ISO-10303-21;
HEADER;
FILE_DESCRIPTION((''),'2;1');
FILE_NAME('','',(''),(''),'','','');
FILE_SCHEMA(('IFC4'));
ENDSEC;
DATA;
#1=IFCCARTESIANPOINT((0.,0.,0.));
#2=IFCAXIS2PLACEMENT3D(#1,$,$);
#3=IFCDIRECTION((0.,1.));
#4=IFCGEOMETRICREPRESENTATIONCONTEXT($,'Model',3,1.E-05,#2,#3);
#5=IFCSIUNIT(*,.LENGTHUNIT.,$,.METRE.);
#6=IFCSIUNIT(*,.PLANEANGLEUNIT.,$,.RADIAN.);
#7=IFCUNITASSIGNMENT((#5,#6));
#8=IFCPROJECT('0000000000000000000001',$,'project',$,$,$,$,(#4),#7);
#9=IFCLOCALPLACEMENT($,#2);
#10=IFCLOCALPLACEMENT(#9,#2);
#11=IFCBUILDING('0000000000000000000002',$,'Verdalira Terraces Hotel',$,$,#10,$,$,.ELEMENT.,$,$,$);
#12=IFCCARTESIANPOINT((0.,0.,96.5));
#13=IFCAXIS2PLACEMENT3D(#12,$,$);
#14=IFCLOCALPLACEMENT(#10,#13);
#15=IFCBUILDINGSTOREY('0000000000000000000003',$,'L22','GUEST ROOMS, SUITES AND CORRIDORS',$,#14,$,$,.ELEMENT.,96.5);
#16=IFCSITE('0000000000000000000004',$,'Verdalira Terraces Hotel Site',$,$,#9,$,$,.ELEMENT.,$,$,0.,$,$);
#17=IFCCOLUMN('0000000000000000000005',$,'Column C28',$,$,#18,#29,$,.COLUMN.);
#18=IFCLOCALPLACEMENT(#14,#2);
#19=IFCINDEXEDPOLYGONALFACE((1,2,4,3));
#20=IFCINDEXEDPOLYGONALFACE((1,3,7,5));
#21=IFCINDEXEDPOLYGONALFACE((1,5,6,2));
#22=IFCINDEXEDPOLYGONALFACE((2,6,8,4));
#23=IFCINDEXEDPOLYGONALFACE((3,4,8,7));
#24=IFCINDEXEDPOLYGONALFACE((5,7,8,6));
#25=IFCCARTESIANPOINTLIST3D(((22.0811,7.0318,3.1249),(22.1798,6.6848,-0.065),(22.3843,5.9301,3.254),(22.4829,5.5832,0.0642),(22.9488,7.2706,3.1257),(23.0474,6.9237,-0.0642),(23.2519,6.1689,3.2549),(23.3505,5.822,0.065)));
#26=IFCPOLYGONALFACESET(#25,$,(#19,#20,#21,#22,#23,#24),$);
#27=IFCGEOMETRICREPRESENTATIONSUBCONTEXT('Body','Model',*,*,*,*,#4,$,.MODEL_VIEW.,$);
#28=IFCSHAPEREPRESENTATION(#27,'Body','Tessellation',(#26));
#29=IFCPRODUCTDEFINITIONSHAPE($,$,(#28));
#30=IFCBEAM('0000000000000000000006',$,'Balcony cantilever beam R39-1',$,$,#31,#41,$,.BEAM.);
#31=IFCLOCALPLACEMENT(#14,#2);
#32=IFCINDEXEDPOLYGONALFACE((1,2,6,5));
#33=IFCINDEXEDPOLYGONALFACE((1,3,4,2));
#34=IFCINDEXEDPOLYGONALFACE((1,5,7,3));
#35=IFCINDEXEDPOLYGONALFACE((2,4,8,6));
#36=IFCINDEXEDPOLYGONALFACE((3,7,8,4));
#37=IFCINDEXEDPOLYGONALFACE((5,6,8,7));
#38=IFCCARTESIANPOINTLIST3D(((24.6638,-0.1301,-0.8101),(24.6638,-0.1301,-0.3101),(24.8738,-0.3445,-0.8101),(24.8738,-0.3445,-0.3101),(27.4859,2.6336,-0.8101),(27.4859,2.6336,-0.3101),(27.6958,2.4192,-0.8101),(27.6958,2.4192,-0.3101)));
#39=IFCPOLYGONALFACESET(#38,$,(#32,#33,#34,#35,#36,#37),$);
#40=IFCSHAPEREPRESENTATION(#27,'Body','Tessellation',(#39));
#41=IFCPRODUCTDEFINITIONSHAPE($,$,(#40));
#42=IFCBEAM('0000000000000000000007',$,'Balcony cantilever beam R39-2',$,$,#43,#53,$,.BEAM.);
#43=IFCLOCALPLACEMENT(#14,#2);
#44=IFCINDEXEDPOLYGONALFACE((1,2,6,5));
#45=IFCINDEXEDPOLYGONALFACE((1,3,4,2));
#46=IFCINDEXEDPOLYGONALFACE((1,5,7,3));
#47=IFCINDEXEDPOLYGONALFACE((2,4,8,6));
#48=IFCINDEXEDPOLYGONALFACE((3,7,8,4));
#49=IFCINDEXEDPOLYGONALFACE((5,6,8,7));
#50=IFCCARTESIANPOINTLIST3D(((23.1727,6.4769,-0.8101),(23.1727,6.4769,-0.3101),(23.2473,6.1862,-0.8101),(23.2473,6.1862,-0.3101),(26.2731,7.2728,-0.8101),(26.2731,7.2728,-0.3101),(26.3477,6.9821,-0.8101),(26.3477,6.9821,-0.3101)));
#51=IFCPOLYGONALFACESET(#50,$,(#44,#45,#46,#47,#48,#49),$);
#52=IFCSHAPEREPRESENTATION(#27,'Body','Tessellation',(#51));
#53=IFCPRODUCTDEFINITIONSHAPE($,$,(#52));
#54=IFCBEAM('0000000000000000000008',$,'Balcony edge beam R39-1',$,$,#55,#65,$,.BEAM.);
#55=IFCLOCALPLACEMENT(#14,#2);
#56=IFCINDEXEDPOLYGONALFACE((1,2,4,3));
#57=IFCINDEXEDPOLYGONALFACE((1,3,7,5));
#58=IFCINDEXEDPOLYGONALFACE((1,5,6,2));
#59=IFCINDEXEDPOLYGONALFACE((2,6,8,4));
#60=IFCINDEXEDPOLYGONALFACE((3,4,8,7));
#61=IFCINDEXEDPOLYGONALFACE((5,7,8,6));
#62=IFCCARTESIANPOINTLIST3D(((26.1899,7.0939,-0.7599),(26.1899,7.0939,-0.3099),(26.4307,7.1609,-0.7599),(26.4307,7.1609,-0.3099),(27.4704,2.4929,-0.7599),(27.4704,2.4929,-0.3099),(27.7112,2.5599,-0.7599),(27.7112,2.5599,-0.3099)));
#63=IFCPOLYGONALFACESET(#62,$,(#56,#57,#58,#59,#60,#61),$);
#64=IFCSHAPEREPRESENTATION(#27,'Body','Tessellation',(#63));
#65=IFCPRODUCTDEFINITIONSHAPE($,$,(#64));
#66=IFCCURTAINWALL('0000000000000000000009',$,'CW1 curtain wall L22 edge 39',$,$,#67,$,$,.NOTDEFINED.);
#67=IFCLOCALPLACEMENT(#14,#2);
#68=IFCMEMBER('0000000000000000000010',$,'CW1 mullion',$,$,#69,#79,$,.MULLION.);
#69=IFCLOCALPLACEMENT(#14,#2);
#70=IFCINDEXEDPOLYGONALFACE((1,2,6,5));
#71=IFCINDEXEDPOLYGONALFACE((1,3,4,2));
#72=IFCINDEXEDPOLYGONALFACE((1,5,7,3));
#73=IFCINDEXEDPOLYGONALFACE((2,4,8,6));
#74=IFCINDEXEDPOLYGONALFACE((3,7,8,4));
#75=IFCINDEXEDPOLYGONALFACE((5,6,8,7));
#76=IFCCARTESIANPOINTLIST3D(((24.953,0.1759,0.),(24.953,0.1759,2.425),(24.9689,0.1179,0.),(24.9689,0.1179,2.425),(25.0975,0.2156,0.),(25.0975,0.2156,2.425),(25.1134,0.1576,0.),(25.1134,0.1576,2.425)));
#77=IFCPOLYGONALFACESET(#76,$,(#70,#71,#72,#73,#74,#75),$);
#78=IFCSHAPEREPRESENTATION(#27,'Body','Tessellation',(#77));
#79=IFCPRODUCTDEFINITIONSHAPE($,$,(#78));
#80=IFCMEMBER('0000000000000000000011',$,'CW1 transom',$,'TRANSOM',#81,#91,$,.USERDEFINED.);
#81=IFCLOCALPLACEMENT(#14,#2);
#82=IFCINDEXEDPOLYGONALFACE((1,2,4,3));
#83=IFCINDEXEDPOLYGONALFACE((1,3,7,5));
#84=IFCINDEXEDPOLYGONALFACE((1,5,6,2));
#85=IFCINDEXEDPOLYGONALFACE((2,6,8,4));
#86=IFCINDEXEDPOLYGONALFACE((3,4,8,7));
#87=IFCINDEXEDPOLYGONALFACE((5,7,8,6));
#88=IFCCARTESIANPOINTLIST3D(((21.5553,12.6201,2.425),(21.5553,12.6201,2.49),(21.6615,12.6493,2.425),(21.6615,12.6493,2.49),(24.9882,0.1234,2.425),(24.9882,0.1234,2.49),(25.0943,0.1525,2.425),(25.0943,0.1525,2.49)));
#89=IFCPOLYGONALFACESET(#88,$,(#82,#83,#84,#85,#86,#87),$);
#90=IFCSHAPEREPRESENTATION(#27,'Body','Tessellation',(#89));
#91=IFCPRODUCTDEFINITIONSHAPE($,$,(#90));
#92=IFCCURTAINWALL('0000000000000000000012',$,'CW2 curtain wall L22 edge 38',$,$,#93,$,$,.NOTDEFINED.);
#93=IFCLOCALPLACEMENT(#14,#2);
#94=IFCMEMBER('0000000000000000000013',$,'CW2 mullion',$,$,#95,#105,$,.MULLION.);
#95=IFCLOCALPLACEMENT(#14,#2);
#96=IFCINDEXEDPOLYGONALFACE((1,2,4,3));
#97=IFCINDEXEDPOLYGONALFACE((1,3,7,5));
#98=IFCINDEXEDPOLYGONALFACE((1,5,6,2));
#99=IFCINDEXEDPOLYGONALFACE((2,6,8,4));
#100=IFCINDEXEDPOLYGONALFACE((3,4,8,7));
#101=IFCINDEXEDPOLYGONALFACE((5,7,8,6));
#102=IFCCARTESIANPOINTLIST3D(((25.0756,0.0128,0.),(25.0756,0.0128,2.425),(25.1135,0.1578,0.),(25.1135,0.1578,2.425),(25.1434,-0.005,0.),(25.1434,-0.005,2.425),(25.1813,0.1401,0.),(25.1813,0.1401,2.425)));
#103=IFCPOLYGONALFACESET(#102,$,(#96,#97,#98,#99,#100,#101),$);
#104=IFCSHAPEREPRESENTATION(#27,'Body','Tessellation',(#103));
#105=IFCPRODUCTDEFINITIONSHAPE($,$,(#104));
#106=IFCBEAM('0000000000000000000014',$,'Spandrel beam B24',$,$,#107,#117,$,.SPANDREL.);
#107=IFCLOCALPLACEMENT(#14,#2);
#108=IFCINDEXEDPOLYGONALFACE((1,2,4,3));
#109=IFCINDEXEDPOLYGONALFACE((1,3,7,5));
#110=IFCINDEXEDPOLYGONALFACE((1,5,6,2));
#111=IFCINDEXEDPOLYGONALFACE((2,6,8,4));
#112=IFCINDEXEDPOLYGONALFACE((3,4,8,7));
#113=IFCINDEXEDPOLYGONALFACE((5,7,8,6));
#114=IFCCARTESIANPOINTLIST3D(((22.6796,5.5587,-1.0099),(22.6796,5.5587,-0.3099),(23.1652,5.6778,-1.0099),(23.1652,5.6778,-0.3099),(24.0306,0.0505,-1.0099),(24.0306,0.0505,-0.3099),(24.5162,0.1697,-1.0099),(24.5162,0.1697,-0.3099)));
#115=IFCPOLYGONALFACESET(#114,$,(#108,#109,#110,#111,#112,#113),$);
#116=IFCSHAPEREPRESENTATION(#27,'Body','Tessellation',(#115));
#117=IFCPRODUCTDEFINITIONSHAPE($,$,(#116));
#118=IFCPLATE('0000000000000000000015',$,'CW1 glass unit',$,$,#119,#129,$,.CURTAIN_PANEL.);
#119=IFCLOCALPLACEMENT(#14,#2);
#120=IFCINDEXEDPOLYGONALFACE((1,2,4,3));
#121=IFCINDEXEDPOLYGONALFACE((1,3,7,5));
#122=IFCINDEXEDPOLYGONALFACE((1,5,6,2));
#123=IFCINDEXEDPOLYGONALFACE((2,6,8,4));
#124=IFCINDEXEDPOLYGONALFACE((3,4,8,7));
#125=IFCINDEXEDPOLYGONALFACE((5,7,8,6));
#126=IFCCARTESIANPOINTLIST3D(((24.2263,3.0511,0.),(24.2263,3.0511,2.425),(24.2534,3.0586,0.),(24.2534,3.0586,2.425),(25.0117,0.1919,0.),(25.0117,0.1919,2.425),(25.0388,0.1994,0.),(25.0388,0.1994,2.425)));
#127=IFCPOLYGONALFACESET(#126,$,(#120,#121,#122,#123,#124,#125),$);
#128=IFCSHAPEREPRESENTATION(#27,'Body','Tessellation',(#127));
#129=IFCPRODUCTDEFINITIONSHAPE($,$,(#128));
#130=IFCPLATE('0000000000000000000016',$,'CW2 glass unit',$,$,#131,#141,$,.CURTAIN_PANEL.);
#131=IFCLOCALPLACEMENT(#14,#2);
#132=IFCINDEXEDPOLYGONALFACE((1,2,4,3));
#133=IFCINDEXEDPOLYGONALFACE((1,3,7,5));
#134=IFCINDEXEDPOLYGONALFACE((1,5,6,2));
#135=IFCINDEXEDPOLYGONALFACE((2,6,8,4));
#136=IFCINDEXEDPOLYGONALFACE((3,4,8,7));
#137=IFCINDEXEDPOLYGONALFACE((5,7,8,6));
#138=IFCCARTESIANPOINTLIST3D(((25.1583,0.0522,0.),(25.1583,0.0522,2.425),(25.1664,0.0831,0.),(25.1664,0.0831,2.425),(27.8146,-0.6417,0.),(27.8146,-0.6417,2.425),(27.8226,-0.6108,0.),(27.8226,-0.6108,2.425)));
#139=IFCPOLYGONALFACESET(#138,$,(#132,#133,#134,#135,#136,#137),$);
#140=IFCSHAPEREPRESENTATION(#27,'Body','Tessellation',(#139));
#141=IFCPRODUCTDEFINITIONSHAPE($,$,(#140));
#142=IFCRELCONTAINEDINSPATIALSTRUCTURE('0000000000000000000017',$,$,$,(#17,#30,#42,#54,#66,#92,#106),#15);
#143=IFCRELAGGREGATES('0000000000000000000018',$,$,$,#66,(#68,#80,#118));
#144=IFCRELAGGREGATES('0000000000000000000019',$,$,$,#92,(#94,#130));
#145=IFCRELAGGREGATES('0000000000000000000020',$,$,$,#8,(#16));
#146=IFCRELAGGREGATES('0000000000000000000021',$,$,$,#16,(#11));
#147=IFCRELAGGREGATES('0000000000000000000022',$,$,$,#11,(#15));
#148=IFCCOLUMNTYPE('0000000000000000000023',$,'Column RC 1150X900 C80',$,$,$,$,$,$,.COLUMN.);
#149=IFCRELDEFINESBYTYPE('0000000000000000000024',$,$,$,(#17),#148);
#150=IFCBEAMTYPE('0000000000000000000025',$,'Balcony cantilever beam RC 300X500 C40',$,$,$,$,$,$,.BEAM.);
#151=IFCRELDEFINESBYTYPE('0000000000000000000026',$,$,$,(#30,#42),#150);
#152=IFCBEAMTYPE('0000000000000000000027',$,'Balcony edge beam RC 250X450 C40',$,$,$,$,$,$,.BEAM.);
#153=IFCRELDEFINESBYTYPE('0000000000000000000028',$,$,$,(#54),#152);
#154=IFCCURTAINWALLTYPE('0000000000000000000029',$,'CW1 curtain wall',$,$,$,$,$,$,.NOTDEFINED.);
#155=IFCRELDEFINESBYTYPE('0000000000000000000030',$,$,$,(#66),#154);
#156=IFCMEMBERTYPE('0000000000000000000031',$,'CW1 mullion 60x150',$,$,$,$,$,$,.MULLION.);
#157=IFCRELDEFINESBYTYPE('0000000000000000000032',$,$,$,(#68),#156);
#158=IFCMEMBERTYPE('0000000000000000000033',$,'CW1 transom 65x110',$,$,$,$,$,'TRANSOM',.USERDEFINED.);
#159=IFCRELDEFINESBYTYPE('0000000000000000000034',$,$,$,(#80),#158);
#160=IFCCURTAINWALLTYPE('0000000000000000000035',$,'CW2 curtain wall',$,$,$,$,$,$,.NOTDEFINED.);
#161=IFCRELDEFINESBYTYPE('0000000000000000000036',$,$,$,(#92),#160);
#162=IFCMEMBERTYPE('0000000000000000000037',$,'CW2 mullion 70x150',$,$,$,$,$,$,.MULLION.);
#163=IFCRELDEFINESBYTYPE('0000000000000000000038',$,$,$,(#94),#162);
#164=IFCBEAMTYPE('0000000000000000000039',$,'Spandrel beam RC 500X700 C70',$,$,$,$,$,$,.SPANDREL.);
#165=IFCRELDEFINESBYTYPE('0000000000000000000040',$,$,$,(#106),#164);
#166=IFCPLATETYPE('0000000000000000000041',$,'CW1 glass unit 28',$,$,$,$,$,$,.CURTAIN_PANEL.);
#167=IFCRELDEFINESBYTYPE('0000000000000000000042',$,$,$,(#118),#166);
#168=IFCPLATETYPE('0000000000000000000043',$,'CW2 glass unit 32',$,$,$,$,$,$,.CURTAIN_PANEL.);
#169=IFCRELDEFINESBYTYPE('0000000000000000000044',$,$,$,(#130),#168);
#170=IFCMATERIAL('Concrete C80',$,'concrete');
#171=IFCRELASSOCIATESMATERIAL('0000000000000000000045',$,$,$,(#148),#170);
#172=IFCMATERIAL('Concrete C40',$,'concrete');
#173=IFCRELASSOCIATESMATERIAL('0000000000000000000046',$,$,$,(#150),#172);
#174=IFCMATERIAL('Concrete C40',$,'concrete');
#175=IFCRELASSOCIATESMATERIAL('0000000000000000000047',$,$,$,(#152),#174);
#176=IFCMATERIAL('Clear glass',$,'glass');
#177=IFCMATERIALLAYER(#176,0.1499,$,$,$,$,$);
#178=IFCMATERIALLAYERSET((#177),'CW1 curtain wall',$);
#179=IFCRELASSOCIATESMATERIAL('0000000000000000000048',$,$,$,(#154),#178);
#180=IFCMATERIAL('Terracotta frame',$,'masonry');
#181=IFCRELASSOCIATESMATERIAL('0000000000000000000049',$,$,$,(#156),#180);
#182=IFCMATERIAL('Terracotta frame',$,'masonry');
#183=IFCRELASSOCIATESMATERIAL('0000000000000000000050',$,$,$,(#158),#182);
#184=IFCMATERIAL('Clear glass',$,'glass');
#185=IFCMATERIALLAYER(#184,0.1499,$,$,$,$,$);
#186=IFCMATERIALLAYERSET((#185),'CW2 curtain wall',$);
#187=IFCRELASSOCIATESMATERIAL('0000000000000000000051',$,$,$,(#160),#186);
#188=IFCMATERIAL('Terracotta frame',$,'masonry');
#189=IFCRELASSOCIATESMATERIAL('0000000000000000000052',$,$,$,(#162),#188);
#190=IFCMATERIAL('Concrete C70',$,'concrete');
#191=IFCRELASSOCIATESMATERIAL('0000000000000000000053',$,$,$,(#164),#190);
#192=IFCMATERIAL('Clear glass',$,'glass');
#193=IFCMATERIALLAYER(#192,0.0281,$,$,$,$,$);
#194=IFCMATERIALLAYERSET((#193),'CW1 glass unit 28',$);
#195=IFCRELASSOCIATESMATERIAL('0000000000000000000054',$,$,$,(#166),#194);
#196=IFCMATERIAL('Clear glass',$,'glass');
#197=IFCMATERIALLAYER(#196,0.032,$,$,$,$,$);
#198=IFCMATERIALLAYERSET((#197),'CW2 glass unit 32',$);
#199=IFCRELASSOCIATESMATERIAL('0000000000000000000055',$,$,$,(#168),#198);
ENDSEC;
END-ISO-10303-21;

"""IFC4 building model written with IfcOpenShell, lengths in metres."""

from ifc_helpers import new_model, si_unit, direction, frame, origin, origin_2d, place, context, subcontext, project, spatial, rectangle, extrude, material, layer, layer_set, material_profile, profile_set, type_object, element, aggregate, save


model = new_model("IFC4")

# Units and contexts
model_context = context("Model", 3, precision=1e-05, world=origin(), true_north=direction((0.0, 1.0)))
body_context = subcontext(model_context, "Body", "Model", "MODEL_VIEW")
ifc_project = project(units=[si_unit("LENGTHUNIT", "METRE"), si_unit("PLANEANGLEUNIT", "RADIAN")], contexts=[model_context])

# Site, building, storey
site_placement = place(None, origin())
site = spatial("IfcSite", under=ifc_project, at=site_placement, Name="Verdalira Terraces Hotel Site", CompositionType="ELEMENT", RefElevation=0.0)
building_placement = place(site_placement, origin())
building = spatial("IfcBuilding", under=site, at=building_placement, Name="Verdalira Terraces Hotel", CompositionType="ELEMENT")
storey_placement = place(building_placement, frame((0.0, 0.0, 96.5)))
storey = spatial("IfcBuildingStorey", under=building, at=storey_placement, Name="L22", Description="GUEST ROOMS, SUITES AND CORRIDORS", CompositionType="ELEMENT", Elevation=96.5)

# Column
ifc_material_1 = material(Name="Concrete C80", Category="concrete")
ifc_material_profile_1 = material_profile(ifc_material_1, rectangle(XDim=1.1499, YDim=0.8999, at=origin_2d()), Name="RC 1150X900")
ifc_profile_set_1 = profile_set([ifc_material_profile_1], Name="Concrete C80")
column_type = type_object("IfcColumnType", Name="Column RC 1150X900 C80", PredefinedType="COLUMN", material=ifc_profile_set_1)
column_placement = place(storey_placement, frame((22.7651, 6.2534, 0.0), z_axis=(-0.030724, 0.108067, 0.993669), x_axis=(-0.263618, 0.958063, -0.112346)))
element("IfcColumn", 1, at=column_placement, inside=storey, type_object=column_type, Name="Column C28", PredefinedType="COLUMN", context=body_context, shape_type="SweptSolid", body=[
    extrude(rectangle(XDim=1.1499, YDim=0.8999, at=origin_2d()), origin(), (0.0, 0.0, 1.0), 3.2102),
])

# Beams
ifc_material_2 = material(Name="Concrete C40", Category="concrete")
ifc_material_profile_2 = material_profile(ifc_material_2, rectangle(XDim=0.3, YDim=0.5, at=origin_2d()), Name="RC 300X500")
ifc_profile_set_2 = profile_set([ifc_material_profile_2], Name="Concrete C40")
beam_type_1 = type_object("IfcBeamType", Name="Balcony cantilever beam RC 300X500 C40", PredefinedType="BEAM", material=ifc_profile_set_2)
beam_1_placement = place(storey_placement, frame((24.7688, -0.2373, -0.5601), z_axis=(0.714454, 0.699682, 0.0), x_axis=(-0.699682, 0.714454, 0.0)))
element("IfcBeam", 2, at=beam_1_placement, inside=storey, type_object=beam_type_1, Name="Balcony cantilever beam R39-1", PredefinedType="BEAM", context=body_context, shape_type="SweptSolid", body=[
    extrude(rectangle(XDim=0.3, YDim=0.5, at=origin_2d()), origin(), (0.0, 0.0, 1.0), 3.95),
])
beam_2_placement = place(storey_placement, frame((23.21, 6.3315, -0.5601), z_axis=(0.968593, 0.248651, 0.0), x_axis=(-0.248651, 0.968593, 0.0)))
element("IfcBeam", 3, at=beam_2_placement, inside=storey, type_object=beam_type_1, Name="Balcony cantilever beam R39-2", PredefinedType="BEAM", context=body_context, shape_type="SweptSolid", body=[
    extrude(rectangle(XDim=0.3, YDim=0.5, at=origin_2d()), origin(), (0.0, 0.0, 1.0), 3.2009),
])
ifc_material_3 = material(Name="Concrete C40", Category="concrete")
ifc_material_profile_3 = material_profile(ifc_material_3, rectangle(XDim=0.25, YDim=0.45, at=origin_2d()), Name="RC 250X450")
ifc_profile_set_3 = profile_set([ifc_material_profile_3], Name="Concrete C40")
beam_type_2 = type_object("IfcBeamType", Name="Balcony edge beam RC 250X450 C40", PredefinedType="BEAM", material=ifc_profile_set_3)
beam_3_placement = place(storey_placement, frame((27.5908, 2.5264, -0.5349), z_axis=(-0.268118, 0.963386, 0.0), x_axis=(-0.963386, -0.268118, 0.0)))
element("IfcBeam", 4, at=beam_3_placement, inside=storey, type_object=beam_type_2, Name="Balcony edge beam R39-1", PredefinedType="BEAM", context=body_context, shape_type="SweptSolid", body=[
    extrude(rectangle(XDim=0.25, YDim=0.45, at=origin_2d()), origin(), (0.0, 0.0, 1.0), 4.7759),
])

# Curtain wall, members
ifc_material_4 = material(Name="Clear glass", Category="glass")
ifc_layer_1 = layer(ifc_material_4, 0.1499)
ifc_layer_set_1 = layer_set([ifc_layer_1], Name="CW1 curtain wall")
curtain_wall_type_1 = type_object("IfcCurtainWallType", Name="CW1 curtain wall", PredefinedType="NOTDEFINED", material=ifc_layer_set_1)
curtain_wall_1_placement = place(storey_placement, origin())
curtain_wall_1 = element("IfcCurtainWall", 5, at=curtain_wall_1_placement, inside=storey, type_object=curtain_wall_type_1, Name="CW1 curtain wall L22 edge 39", PredefinedType="NOTDEFINED")
ifc_material_5 = material(Name="Terracotta frame", Category="masonry")
ifc_material_profile_4 = material_profile(ifc_material_5, rectangle(XDim=0.0601, YDim=0.1499, at=origin_2d()), Name="MU 60x150")
ifc_profile_set_4 = profile_set([ifc_material_profile_4], Name="Terracotta frame")
member_type_1 = type_object("IfcMemberType", Name="CW1 mullion 60x150", PredefinedType="MULLION", material=ifc_profile_set_4)
member_1_placement = place(storey_placement, frame((25.0332, 0.1667, 0.0), z_axis=(0.0, 0.0, 1.0), x_axis=(-0.264883, 0.964281, 0.0)))
member_1 = element("IfcMember", 6, at=member_1_placement, type_object=member_type_1, Name="CW1 mullion", PredefinedType="MULLION", context=body_context, shape_type="SweptSolid", body=[
    extrude(rectangle(XDim=0.0601, YDim=0.1499, at=origin_2d()), origin(), (0.0, 0.0, 1.0), 2.425),
])
ifc_material_6 = material(Name="Terracotta frame", Category="masonry")
ifc_material_profile_5 = material_profile(ifc_material_6, rectangle(XDim=0.1101, YDim=0.0649, at=origin_2d()), Name="TR 65x110")
ifc_profile_set_5 = profile_set([ifc_material_profile_5], Name="Terracotta frame")
member_type_2 = type_object("IfcMemberType", Name="CW1 transom 65x110", ElementType="TRANSOM", PredefinedType="USERDEFINED", material=ifc_profile_set_5)
member_2_placement = place(storey_placement, frame((25.0413, 0.1379, 2.4575), z_axis=(-0.264886, 0.96428, 0.0), x_axis=(-0.96428, -0.264886, 0.0)))
member_2 = element("IfcMember", 7, at=member_2_placement, type_object=member_type_2, Name="CW1 transom", ObjectType="TRANSOM", PredefinedType="USERDEFINED", context=body_context, shape_type="SweptSolid", body=[
    extrude(rectangle(XDim=0.1101, YDim=0.0649, at=origin_2d()), origin(), (0.0, 0.0, 1.0), 12.9597),
])

# Curtain wall, member
ifc_material_7 = material(Name="Clear glass", Category="glass")
ifc_layer_2 = layer(ifc_material_7, 0.1499)
ifc_layer_set_2 = layer_set([ifc_layer_2], Name="CW2 curtain wall")
curtain_wall_type_2 = type_object("IfcCurtainWallType", Name="CW2 curtain wall", PredefinedType="NOTDEFINED", material=ifc_layer_set_2)
curtain_wall_2_placement = place(storey_placement, origin())
curtain_wall_2 = element("IfcCurtainWall", 8, at=curtain_wall_2_placement, inside=storey, type_object=curtain_wall_type_2, Name="CW2 curtain wall L22 edge 38", PredefinedType="NOTDEFINED")
ifc_material_8 = material(Name="Terracotta frame", Category="masonry")
ifc_material_profile_6 = material_profile(ifc_material_8, rectangle(XDim=0.0701, YDim=0.1499, at=origin_2d()), Name="MU 70x150")
ifc_profile_set_6 = profile_set([ifc_material_profile_6], Name="Terracotta frame")
member_type_3 = type_object("IfcMemberType", Name="CW2 mullion 70x150", PredefinedType="MULLION", material=ifc_profile_set_6)
member_3_placement = place(storey_placement, frame((25.1284, 0.0764, 0.0), z_axis=(0.0, 0.0, 1.0), x_axis=(-0.967533, 0.252745, 0.0)))
member_3 = element("IfcMember", 9, at=member_3_placement, type_object=member_type_3, Name="CW2 mullion", PredefinedType="MULLION", context=body_context, shape_type="SweptSolid", body=[
    extrude(rectangle(XDim=0.0701, YDim=0.1499, at=origin_2d()), origin(), (0.0, 0.0, 1.0), 2.425),
])

# Beam
ifc_material_9 = material(Name="Concrete C70", Category="concrete")
ifc_material_profile_7 = material_profile(ifc_material_9, rectangle(XDim=0.5, YDim=0.7, at=origin_2d()), Name="RC 500X700")
ifc_profile_set_7 = profile_set([ifc_material_profile_7], Name="Concrete C70")
beam_type_3 = type_object("IfcBeamType", Name="Spandrel beam RC 500X700 C70", PredefinedType="SPANDREL", material=ifc_profile_set_7)
beam_4_placement = place(storey_placement, frame((24.2734, 0.1101, -0.6599), z_axis=(-0.238228, 0.971209, 0.0), x_axis=(-0.971209, -0.238228, 0.0)))
element("IfcBeam", 10, at=beam_4_placement, inside=storey, type_object=beam_type_3, Name="Spandrel beam B24", PredefinedType="SPANDREL", context=body_context, shape_type="SweptSolid", body=[
    extrude(rectangle(XDim=0.5, YDim=0.7, at=origin_2d()), origin(), (0.0, 0.0, 1.0), 5.6714),
])

# Plates
ifc_material_10 = material(Name="Clear glass", Category="glass")
ifc_layer_3 = layer(ifc_material_10, 0.0281)
ifc_layer_set_3 = layer_set([ifc_layer_3], Name="CW1 glass unit 28")
plate_type_1 = type_object("IfcPlateType", Name="CW1 glass unit 28", PredefinedType="CURTAIN_PANEL", material=ifc_layer_set_3)
plate_1_placement = place(storey_placement, frame((24.6326, 1.6252, 0.0), z_axis=(0.0, 0.0, 1.0), x_axis=(-0.264883, 0.964281, 0.0)))
plate_1 = element("IfcPlate", 11, at=plate_1_placement, type_object=plate_type_1, Name="CW1 glass unit", PredefinedType="CURTAIN_PANEL", context=body_context, shape_type="SweptSolid", body=[
    extrude(rectangle(XDim=2.9651, YDim=0.0281, at=origin_2d()), origin(), (0.0, 0.0, 1.0), 2.425),
])
aggregate(curtain_wall_1, [member_1, member_2, plate_1])
ifc_material_11 = material(Name="Clear glass", Category="glass")
ifc_layer_4 = layer(ifc_material_11, 0.032)
ifc_layer_set_4 = layer_set([ifc_layer_4], Name="CW2 glass unit 32")
plate_type_2 = type_object("IfcPlateType", Name="CW2 glass unit 32", PredefinedType="CURTAIN_PANEL", material=ifc_layer_set_4)
plate_2_placement = place(storey_placement, frame((26.4905, -0.2793, 0.0), z_axis=(0.0, 0.0, 1.0), x_axis=(-0.967533, 0.252745, 0.0)))
plate_2 = element("IfcPlate", 12, at=plate_2_placement, type_object=plate_type_2, Name="CW2 glass unit", PredefinedType="CURTAIN_PANEL", context=body_context, shape_type="SweptSolid", body=[
    extrude(rectangle(XDim=2.7454, YDim=0.032, at=origin_2d()), origin(), (0.0, 0.0, 1.0), 2.425),
])
aggregate(curtain_wall_2, [member_3, plate_2])

save(model, "model.ifc")
